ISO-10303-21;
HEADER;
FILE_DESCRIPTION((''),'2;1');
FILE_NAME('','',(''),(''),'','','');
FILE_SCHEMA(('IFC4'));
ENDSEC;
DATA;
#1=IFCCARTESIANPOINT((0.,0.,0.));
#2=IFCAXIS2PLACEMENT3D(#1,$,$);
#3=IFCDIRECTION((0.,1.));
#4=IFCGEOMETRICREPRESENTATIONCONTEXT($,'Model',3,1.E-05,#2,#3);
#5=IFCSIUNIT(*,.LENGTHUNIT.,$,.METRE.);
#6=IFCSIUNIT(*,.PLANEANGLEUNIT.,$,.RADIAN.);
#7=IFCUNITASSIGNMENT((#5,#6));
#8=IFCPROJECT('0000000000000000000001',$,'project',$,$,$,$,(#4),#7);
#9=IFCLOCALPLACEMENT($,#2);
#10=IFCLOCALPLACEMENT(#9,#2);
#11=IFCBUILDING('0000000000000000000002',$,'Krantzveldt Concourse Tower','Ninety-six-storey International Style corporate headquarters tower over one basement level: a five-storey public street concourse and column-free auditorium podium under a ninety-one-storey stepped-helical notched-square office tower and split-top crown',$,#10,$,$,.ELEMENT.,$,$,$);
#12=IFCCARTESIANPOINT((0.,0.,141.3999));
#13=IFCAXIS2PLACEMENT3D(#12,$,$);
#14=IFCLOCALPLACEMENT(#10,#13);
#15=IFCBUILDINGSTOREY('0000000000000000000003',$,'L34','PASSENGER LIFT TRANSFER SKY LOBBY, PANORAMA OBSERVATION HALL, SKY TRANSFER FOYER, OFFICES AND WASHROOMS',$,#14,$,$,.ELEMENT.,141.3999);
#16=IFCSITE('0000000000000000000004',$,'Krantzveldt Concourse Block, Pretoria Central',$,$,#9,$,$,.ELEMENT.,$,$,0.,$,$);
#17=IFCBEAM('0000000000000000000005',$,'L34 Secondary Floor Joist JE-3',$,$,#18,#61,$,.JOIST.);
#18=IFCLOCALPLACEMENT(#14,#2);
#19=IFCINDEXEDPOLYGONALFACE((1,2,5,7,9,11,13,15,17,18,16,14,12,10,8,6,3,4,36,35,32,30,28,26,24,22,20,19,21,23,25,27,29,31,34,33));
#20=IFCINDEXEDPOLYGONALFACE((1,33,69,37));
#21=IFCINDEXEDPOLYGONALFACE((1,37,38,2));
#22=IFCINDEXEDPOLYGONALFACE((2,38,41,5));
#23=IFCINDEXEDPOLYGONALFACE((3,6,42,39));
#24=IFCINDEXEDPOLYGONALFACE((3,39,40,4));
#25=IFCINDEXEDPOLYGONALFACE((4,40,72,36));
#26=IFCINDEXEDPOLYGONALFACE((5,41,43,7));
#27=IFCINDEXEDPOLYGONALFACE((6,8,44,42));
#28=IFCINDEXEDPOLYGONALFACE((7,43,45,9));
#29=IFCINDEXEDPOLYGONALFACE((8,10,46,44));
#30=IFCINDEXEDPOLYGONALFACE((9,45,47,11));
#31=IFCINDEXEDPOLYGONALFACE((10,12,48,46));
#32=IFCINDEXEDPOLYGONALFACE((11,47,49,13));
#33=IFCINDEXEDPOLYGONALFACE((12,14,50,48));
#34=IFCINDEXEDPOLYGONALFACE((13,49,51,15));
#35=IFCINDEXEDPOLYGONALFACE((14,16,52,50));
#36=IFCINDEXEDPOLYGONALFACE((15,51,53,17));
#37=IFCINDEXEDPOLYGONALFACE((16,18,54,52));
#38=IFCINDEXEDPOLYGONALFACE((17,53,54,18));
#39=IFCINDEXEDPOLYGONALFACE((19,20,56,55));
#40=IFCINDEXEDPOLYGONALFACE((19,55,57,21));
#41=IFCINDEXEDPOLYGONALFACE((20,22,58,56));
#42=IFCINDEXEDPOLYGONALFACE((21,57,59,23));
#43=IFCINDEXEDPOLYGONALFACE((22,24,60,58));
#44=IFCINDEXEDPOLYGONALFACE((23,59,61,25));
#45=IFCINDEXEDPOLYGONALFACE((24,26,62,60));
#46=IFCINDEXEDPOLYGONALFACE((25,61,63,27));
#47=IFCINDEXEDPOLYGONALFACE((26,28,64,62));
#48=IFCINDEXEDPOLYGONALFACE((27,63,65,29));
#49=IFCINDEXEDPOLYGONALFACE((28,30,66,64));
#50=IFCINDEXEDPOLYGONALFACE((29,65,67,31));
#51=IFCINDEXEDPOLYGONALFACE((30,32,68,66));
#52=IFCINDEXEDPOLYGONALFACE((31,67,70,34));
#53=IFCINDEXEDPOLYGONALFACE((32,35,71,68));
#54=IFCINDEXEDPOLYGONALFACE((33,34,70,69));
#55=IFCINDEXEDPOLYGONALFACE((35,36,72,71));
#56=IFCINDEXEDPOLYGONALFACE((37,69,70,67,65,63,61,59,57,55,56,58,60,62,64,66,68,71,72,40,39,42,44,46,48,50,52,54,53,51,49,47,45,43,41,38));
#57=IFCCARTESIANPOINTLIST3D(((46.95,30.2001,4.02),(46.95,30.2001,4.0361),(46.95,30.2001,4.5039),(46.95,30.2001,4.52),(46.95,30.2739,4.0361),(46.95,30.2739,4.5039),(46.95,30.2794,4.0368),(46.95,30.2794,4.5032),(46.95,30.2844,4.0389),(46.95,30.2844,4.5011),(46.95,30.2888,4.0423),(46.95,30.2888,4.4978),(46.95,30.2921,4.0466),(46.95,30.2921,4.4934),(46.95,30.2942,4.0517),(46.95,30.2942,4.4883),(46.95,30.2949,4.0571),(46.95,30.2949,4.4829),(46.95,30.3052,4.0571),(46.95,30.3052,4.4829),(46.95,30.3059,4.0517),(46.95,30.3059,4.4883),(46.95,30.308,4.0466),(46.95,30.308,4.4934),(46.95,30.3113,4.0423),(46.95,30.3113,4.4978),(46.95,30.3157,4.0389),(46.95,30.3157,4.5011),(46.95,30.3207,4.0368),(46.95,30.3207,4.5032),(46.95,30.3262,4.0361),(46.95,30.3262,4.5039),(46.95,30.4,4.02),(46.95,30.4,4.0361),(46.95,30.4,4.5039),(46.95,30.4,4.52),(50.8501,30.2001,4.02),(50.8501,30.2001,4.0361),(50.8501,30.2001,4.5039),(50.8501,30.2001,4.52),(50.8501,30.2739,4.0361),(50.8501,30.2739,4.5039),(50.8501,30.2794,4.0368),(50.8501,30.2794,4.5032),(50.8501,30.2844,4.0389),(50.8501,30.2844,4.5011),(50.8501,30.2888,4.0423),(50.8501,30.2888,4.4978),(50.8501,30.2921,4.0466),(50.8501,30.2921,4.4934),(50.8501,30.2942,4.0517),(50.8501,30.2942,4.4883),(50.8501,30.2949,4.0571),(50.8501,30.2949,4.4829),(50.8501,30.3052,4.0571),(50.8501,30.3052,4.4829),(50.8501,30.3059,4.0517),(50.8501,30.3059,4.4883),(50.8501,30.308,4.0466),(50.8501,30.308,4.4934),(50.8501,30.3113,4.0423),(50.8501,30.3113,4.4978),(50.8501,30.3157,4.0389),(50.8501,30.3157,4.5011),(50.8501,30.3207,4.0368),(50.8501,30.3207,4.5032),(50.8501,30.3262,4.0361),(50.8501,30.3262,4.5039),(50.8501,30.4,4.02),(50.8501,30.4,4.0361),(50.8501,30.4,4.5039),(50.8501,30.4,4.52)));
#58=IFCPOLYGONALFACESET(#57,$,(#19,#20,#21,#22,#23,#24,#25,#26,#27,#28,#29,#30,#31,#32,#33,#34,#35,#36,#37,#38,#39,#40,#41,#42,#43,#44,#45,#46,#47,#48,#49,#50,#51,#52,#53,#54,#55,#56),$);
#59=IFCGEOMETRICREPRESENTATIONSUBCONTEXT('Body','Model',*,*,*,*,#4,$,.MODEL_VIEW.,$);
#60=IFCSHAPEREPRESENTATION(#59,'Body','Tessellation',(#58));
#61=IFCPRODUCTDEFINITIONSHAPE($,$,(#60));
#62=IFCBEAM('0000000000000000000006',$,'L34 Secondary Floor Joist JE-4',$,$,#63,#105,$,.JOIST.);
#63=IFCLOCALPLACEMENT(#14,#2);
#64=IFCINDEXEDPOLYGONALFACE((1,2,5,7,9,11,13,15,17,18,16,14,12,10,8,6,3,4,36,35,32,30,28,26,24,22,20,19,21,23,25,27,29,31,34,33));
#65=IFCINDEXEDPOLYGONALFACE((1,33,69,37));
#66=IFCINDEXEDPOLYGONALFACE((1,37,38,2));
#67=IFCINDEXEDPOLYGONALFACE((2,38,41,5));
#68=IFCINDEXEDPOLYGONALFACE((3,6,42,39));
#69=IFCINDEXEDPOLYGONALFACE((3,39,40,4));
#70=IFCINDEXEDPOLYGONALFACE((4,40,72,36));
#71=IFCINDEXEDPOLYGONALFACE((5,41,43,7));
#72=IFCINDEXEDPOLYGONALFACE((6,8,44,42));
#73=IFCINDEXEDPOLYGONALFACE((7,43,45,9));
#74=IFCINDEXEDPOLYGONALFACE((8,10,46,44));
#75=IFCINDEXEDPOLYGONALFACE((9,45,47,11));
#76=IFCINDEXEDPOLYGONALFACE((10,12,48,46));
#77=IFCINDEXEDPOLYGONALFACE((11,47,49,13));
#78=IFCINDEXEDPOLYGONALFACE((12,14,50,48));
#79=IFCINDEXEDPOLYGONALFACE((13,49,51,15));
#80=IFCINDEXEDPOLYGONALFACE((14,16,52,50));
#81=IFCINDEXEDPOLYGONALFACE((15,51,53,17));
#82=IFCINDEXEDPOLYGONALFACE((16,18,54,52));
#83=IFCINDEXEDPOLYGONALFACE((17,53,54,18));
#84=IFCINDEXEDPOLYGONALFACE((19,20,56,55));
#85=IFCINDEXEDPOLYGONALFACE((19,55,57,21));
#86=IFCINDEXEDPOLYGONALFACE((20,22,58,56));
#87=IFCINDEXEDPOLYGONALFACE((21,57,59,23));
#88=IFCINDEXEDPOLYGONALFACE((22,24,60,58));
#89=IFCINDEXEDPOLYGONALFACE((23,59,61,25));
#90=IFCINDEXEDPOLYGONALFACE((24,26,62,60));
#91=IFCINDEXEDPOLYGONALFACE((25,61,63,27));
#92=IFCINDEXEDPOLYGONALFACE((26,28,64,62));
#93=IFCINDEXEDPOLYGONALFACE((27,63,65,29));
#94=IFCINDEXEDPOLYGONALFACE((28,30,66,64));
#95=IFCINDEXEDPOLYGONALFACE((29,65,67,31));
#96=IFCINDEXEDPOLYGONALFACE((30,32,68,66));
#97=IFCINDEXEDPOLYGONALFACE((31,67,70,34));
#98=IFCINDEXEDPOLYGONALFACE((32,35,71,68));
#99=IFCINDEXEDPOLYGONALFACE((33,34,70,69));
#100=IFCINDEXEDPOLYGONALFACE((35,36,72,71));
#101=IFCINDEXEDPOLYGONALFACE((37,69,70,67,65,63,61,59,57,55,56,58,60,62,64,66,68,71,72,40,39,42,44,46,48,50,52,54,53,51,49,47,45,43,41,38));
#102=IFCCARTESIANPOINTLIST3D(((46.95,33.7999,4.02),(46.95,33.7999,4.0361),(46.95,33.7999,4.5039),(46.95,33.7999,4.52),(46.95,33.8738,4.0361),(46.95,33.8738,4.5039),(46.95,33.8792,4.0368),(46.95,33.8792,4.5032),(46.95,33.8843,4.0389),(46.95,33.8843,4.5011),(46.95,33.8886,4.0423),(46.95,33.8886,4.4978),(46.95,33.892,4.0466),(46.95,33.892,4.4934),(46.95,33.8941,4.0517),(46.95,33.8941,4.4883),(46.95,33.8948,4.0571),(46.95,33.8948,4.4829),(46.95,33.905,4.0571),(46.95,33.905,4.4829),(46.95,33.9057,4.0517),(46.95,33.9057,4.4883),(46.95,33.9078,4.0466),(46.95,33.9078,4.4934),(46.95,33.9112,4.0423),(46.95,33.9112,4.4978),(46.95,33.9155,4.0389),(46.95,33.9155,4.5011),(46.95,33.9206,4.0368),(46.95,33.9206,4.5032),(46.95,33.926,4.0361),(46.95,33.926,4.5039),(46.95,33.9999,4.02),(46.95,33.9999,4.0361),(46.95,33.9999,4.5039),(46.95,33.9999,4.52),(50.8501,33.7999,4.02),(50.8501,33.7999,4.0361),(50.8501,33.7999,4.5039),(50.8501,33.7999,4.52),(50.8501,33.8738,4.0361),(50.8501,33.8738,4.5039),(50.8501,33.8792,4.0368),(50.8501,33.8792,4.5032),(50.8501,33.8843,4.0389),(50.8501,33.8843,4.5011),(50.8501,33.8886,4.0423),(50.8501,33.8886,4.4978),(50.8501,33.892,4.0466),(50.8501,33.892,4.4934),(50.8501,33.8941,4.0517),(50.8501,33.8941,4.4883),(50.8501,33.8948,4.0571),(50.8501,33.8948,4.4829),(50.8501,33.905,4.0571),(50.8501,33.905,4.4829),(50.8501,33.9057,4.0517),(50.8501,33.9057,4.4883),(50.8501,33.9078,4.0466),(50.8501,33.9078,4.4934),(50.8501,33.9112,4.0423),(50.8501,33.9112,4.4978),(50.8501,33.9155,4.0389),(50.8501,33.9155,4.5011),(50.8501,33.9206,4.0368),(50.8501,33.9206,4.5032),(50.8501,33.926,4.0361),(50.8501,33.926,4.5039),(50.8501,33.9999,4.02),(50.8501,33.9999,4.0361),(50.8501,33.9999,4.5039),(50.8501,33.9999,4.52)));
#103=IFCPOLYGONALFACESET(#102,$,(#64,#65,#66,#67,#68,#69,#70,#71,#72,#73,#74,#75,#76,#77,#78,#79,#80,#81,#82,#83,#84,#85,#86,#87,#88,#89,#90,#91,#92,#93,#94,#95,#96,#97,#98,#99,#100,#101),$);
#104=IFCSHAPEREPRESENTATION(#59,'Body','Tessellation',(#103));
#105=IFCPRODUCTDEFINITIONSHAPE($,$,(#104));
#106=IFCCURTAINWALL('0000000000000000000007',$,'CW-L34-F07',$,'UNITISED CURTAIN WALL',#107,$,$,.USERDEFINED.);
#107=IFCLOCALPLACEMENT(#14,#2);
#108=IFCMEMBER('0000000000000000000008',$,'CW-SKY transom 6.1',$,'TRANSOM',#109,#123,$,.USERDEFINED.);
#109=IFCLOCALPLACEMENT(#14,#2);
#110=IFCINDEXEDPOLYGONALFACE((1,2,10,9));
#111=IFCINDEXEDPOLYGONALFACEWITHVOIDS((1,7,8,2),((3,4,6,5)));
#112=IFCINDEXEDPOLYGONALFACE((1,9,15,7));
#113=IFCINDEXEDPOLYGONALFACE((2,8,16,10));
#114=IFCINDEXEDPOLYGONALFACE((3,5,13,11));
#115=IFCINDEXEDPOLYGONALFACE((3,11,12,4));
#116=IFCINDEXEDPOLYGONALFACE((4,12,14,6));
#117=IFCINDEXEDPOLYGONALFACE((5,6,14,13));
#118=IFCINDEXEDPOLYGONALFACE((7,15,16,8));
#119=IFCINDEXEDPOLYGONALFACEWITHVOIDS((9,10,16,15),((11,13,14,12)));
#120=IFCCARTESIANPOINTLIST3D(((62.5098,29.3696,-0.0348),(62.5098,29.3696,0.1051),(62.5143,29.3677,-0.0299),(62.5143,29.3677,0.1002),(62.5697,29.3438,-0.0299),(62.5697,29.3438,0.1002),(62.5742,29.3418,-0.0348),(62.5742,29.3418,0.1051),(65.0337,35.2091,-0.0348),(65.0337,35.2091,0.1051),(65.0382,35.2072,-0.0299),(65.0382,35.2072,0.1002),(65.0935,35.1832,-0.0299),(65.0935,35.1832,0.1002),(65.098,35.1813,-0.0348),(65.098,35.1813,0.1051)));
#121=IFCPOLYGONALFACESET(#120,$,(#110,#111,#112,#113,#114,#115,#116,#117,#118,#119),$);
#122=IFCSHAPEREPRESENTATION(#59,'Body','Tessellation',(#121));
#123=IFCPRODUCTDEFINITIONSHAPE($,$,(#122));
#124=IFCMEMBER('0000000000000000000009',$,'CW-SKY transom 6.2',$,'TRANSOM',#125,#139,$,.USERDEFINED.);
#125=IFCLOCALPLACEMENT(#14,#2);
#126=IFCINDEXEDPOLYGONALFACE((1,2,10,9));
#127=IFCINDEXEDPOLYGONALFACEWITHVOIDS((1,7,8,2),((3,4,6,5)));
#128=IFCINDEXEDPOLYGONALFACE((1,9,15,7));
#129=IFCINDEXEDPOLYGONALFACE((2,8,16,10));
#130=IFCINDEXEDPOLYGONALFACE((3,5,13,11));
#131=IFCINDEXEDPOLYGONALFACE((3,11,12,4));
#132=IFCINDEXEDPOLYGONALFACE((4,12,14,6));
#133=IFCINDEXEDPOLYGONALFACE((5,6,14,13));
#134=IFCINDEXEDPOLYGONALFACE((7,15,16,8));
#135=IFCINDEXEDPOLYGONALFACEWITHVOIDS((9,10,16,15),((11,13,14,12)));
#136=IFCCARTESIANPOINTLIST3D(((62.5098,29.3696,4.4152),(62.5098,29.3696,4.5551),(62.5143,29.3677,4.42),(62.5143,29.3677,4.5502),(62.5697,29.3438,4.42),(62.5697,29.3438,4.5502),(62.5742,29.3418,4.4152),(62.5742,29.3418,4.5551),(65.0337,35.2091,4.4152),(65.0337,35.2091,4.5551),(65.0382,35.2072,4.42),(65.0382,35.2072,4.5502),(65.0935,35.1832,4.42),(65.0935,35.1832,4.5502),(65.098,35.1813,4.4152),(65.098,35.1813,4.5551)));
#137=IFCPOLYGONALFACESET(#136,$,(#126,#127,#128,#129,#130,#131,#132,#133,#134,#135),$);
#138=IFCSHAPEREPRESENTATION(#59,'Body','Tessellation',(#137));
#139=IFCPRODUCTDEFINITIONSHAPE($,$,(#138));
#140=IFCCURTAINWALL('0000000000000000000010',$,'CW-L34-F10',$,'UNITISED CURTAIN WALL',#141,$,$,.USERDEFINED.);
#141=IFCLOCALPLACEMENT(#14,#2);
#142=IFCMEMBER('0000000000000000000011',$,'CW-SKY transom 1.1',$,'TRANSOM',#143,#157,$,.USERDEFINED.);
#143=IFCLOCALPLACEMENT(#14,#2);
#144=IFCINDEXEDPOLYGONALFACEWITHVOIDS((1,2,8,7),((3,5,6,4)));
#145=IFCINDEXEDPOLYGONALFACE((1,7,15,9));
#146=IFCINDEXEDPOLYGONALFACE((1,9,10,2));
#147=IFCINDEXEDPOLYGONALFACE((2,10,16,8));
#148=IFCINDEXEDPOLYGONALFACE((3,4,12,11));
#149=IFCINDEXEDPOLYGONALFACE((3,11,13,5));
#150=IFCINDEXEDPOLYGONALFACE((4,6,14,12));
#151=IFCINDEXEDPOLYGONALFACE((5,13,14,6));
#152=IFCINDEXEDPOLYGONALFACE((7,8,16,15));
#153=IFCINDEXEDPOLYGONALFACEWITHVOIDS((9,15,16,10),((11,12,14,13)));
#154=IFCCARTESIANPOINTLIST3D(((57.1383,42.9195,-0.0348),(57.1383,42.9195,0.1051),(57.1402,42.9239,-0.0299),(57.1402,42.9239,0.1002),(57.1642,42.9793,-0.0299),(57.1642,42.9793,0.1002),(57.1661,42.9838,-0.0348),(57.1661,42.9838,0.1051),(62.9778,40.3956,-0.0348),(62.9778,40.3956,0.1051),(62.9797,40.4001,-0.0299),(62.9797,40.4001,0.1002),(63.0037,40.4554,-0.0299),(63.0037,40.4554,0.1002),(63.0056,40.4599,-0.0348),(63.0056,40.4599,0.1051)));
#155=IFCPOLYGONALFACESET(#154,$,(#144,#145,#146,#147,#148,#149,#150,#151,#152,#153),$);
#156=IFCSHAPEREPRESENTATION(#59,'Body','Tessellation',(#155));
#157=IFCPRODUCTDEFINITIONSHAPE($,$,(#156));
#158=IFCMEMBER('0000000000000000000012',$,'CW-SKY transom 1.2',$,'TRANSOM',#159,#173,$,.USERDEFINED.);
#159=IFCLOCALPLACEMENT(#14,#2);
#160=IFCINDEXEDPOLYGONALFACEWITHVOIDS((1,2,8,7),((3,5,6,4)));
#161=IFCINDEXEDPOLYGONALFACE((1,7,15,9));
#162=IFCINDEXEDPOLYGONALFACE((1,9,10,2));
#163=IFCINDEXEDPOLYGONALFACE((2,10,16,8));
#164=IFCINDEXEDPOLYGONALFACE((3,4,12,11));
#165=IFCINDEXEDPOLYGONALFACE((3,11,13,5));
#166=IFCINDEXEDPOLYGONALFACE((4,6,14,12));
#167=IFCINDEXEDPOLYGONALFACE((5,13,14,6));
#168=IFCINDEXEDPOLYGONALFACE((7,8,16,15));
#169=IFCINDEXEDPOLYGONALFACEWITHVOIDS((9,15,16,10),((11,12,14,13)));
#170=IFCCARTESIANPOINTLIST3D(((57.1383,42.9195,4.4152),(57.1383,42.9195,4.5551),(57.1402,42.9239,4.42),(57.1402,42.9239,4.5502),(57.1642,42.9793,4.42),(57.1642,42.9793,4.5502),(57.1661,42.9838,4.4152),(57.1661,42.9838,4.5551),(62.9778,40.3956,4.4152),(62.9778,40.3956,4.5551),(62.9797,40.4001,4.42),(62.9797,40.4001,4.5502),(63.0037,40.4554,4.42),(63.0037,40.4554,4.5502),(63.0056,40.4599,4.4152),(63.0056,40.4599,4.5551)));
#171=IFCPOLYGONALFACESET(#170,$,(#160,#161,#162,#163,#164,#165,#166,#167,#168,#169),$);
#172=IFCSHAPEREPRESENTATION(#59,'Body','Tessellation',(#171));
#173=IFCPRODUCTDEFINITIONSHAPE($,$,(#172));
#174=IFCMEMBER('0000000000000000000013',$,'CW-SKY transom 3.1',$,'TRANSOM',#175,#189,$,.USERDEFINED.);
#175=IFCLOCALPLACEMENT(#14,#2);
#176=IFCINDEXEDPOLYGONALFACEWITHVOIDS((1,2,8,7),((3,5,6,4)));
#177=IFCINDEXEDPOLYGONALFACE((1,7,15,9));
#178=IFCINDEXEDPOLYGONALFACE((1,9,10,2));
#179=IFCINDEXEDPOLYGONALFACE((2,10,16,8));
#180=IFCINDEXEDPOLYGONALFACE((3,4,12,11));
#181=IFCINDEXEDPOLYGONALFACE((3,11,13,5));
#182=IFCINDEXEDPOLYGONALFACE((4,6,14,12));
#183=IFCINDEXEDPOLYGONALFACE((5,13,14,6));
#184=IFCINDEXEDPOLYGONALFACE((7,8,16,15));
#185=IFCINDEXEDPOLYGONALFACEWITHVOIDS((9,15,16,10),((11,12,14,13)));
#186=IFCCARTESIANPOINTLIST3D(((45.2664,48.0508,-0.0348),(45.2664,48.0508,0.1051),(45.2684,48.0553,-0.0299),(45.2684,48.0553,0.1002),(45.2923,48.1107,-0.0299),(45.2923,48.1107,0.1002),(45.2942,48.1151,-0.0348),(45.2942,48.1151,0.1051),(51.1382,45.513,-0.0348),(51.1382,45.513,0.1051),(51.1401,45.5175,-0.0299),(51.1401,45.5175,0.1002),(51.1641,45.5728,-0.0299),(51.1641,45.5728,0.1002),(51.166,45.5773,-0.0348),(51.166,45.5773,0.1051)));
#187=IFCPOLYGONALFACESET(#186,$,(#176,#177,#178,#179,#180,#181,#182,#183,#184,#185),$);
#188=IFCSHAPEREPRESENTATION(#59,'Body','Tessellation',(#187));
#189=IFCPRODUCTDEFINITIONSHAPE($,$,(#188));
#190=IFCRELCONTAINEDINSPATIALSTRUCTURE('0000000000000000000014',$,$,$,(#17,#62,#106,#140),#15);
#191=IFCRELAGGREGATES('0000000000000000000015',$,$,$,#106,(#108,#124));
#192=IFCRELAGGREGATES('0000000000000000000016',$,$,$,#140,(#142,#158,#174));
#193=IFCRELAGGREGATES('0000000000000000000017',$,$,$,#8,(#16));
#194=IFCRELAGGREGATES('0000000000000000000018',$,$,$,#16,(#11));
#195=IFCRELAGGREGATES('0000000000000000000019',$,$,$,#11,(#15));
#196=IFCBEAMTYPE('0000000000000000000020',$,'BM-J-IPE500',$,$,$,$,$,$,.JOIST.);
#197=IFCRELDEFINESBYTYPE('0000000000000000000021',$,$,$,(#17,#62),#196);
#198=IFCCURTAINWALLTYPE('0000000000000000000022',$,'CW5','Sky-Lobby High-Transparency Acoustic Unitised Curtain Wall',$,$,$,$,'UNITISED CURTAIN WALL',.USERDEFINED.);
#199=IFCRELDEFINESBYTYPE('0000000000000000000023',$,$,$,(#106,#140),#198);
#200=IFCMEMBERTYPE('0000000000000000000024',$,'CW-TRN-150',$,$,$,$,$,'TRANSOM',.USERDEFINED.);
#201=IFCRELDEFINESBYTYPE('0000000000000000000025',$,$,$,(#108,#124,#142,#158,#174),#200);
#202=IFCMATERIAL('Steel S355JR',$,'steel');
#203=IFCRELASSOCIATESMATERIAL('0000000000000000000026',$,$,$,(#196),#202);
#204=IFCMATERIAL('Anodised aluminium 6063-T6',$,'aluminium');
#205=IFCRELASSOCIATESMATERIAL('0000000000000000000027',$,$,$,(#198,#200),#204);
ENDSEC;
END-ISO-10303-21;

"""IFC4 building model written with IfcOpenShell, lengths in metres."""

from ifc_helpers import new_model, si_unit, direction, frame, origin, origin_2d, place, context, subcontext, project, spatial, hollow_rectangle, i_section, extrude, source, transform, mapped, material, material_profile, profile_set, type_object, type_shapes, element, aggregate, save


model = new_model("IFC4")

# Units and contexts
model_context = context("Model", 3, precision=1e-05, world=origin(), true_north=direction((0.0, 1.0)))
body_context = subcontext(model_context, "Body", "Model", "MODEL_VIEW")
ifc_project = project(units=[si_unit("LENGTHUNIT", "METRE"), si_unit("PLANEANGLEUNIT", "RADIAN")], contexts=[model_context])

# Site, building, storey
site_placement = place(None, origin())
site = spatial("IfcSite", under=ifc_project, at=site_placement, Name="Krantzveldt Concourse Block, Pretoria Central", CompositionType="ELEMENT", RefElevation=0.0)
building_placement = place(site_placement, origin())
building = spatial("IfcBuilding", under=site, at=building_placement, Name="Krantzveldt Concourse Tower", Description="Ninety-six-storey International Style corporate headquarters tower over one basement level: a five-storey public street concourse and column-free auditorium podium under a ninety-one-storey stepped-helical notched-square office tower and split-top crown", CompositionType="ELEMENT")
storey_placement = place(building_placement, frame((0.0, 0.0, 141.3999)))
storey = spatial("IfcBuildingStorey", under=building, at=storey_placement, Name="L34", Description="PASSENGER LIFT TRANSFER SKY LOBBY, PANORAMA OBSERVATION HALL, SKY TRANSFER FOYER, OFFICES AND WASHROOMS", CompositionType="ELEMENT", Elevation=141.3999)

# Beams
ifc_material_1 = material(Name="Steel S355JR", Category="steel")
ifc_material_profile_1 = material_profile(ifc_material_1, i_section(OverallWidth=0.2, OverallDepth=0.5, WebThickness=0.0103, FlangeThickness=0.0161, FilletRadius=0.021, at=origin_2d()), Name="Steel S355JR", Category="steel")
ifc_profile_set_1 = profile_set([ifc_material_profile_1], Name="Steel S355JR - IPE 500")
beam_type_1 = type_object("IfcBeamType", Name="BM-J-IPE500", PredefinedType="JOIST", material=ifc_profile_set_1)
shared_shape_1 = source(origin(), body_context, "Body", "SweptSolid", [
    extrude(i_section(OverallWidth=0.2, OverallDepth=0.5, WebThickness=0.0103, FlangeThickness=0.0161, FilletRadius=0.021, at=origin_2d()), origin(), (0.0, 0.0, 1.0), 3.9001),
])
type_shapes(beam_type_1, [shared_shape_1])
for number, where, z_axis, x_axis, name in (
    (1, (46.95, 30.3, 4.27), (1.0, 0.0, 0.0), (0.0, 1.0, 0.0), "L34 Secondary Floor Joist JE-3"),
    (2, (46.95, 33.8999, 4.27), (1.0, 0.0, 0.0), (0.0, 1.0, 0.0), "L34 Secondary Floor Joist JE-4"),
):
    element("IfcBeam", number, at=place(storey_placement, frame(where, z_axis=z_axis, x_axis=x_axis)), inside=storey, type_object=beam_type_1, Name=name, PredefinedType="JOIST", context=body_context, shape_type="MappedRepresentation", body=[
        mapped(shared_shape_1, transform((0.0, 0.0, 0.0), x_axis=(1.0, 0.0, 0.0), y_axis=(0.0, 1.0, 0.0), z_axis=(0.0, 0.0, 1.0), scale=1.0)),
    ])

# Curtain walls, members
ifc_material_2 = material(Name="Anodised aluminium 6063-T6", Category="aluminium")
curtain_wall_type = type_object("IfcCurtainWallType", Name="CW5", Description="Sky-Lobby High-Transparency Acoustic Unitised Curtain Wall", ElementType="UNITISED CURTAIN WALL", PredefinedType="USERDEFINED", material=ifc_material_2)
curtain_wall_1_placement = place(storey_placement, origin())
curtain_wall_1 = element("IfcCurtainWall", 3, at=curtain_wall_1_placement, inside=storey, type_object=curtain_wall_type, Name="CW-L34-F07", ObjectType="UNITISED CURTAIN WALL", PredefinedType="USERDEFINED")
ifc_material_profile_2 = material_profile(ifc_material_2, hollow_rectangle(XDim=0.0701, YDim=0.1399, WallThickness=0.0049, at=origin_2d()), Name="Anodised aluminium 6063-T6", Category="aluminium")
ifc_profile_set_2 = profile_set([ifc_material_profile_2], Name="Anodised aluminium 6063-T6 - ALU-TRAN 140x70x5")
member_type_1 = type_object("IfcMemberType", Name="CW-TRN-150", ElementType="TRANSOM", PredefinedType="USERDEFINED", material=ifc_profile_set_2)
shared_shape_2 = source(origin(), body_context, "Body", "SweptSolid", [
    extrude(hollow_rectangle(XDim=0.0701, YDim=0.1399, WallThickness=0.0049, at=origin_2d()), origin(), (0.0, 0.0, 1.0), 6.3616),
])
member_1_placement = place(storey_placement, frame((62.542, 29.3557, 0.0352), z_axis=(0.396738, 0.917932, 0.0), x_axis=(-0.917932, 0.396738, 0.0)))
member_1 = element("IfcMember", 4, at=member_1_placement, type_object=member_type_1, Name="CW-SKY transom 6.1", ObjectType="TRANSOM", PredefinedType="USERDEFINED", context=body_context, shape_type="MappedRepresentation", body=[
    mapped(shared_shape_2, transform((0.0, 0.0, 0.0), x_axis=(1.0, 0.0, 0.0), y_axis=(0.0, 1.0, 0.0), z_axis=(0.0, 0.0, 1.0), scale=1.0)),
])
member_2_placement = place(storey_placement, frame((62.542, 29.3557, 4.4851), z_axis=(0.396738, 0.917932, 0.0), x_axis=(-0.917932, 0.396738, 0.0)))
member_2 = element("IfcMember", 5, at=member_2_placement, type_object=member_type_1, Name="CW-SKY transom 6.2", ObjectType="TRANSOM", PredefinedType="USERDEFINED", context=body_context, shape_type="MappedRepresentation", body=[
    mapped(shared_shape_2, transform((0.0, 0.0, 0.0), x_axis=(1.0, 0.0, 0.0), y_axis=(0.0, 1.0, 0.0), z_axis=(0.0, 0.0, 1.0), scale=1.0)),
])
curtain_wall_2_placement = place(storey_placement, origin())
curtain_wall_2 = element("IfcCurtainWall", 6, at=curtain_wall_2_placement, inside=storey, type_object=curtain_wall_type, Name="CW-L34-F10", ObjectType="UNITISED CURTAIN WALL", PredefinedType="USERDEFINED")
member_3_placement = place(storey_placement, frame((62.9917, 40.4277, 0.0352), z_axis=(-0.917932, 0.396738, 0.0), x_axis=(-0.396738, -0.917932, 0.0)))
member_3 = element("IfcMember", 7, at=member_3_placement, type_object=member_type_1, Name="CW-SKY transom 1.1", ObjectType="TRANSOM", PredefinedType="USERDEFINED", context=body_context, shape_type="MappedRepresentation", body=[
    mapped(shared_shape_2, transform((0.0, 0.0, 0.0), x_axis=(1.0, 0.0, 0.0), y_axis=(0.0, 1.0, 0.0), z_axis=(0.0, 0.0, 1.0), scale=1.0)),
])
member_4_placement = place(storey_placement, frame((62.9917, 40.4277, 4.4851), z_axis=(-0.917932, 0.396738, 0.0), x_axis=(-0.396738, -0.917932, 0.0)))
member_4 = element("IfcMember", 8, at=member_4_placement, type_object=member_type_1, Name="CW-SKY transom 1.2", ObjectType="TRANSOM", PredefinedType="USERDEFINED", context=body_context, shape_type="MappedRepresentation", body=[
    mapped(shared_shape_2, transform((0.0, 0.0, 0.0), x_axis=(1.0, 0.0, 0.0), y_axis=(0.0, 1.0, 0.0), z_axis=(0.0, 0.0, 1.0), scale=1.0)),
])
shared_shape_3 = source(origin(), body_context, "Body", "SweptSolid", [
    extrude(hollow_rectangle(XDim=0.0701, YDim=0.1399, WallThickness=0.0049, at=origin_2d()), origin(), (0.0, 0.0, 1.0), 6.3967),
])
member_5_placement = place(storey_placement, frame((51.1521, 45.5452, 0.0352), z_axis=(-0.917933, 0.396736, 0.0), x_axis=(-0.396736, -0.917933, 0.0)))
member_5 = element("IfcMember", 9, at=member_5_placement, type_object=member_type_1, Name="CW-SKY transom 3.1", ObjectType="TRANSOM", PredefinedType="USERDEFINED", context=body_context, shape_type="MappedRepresentation", body=[
    mapped(shared_shape_3, transform((0.0, 0.0, 0.0), x_axis=(1.0, 0.0, 0.0), y_axis=(0.0, 1.0, 0.0), z_axis=(0.0, 0.0, 1.0), scale=1.0)),
])

aggregate(curtain_wall_1, [member_1, member_2])
aggregate(curtain_wall_2, [member_3, member_4, member_5])

save(model, "model.ifc")
